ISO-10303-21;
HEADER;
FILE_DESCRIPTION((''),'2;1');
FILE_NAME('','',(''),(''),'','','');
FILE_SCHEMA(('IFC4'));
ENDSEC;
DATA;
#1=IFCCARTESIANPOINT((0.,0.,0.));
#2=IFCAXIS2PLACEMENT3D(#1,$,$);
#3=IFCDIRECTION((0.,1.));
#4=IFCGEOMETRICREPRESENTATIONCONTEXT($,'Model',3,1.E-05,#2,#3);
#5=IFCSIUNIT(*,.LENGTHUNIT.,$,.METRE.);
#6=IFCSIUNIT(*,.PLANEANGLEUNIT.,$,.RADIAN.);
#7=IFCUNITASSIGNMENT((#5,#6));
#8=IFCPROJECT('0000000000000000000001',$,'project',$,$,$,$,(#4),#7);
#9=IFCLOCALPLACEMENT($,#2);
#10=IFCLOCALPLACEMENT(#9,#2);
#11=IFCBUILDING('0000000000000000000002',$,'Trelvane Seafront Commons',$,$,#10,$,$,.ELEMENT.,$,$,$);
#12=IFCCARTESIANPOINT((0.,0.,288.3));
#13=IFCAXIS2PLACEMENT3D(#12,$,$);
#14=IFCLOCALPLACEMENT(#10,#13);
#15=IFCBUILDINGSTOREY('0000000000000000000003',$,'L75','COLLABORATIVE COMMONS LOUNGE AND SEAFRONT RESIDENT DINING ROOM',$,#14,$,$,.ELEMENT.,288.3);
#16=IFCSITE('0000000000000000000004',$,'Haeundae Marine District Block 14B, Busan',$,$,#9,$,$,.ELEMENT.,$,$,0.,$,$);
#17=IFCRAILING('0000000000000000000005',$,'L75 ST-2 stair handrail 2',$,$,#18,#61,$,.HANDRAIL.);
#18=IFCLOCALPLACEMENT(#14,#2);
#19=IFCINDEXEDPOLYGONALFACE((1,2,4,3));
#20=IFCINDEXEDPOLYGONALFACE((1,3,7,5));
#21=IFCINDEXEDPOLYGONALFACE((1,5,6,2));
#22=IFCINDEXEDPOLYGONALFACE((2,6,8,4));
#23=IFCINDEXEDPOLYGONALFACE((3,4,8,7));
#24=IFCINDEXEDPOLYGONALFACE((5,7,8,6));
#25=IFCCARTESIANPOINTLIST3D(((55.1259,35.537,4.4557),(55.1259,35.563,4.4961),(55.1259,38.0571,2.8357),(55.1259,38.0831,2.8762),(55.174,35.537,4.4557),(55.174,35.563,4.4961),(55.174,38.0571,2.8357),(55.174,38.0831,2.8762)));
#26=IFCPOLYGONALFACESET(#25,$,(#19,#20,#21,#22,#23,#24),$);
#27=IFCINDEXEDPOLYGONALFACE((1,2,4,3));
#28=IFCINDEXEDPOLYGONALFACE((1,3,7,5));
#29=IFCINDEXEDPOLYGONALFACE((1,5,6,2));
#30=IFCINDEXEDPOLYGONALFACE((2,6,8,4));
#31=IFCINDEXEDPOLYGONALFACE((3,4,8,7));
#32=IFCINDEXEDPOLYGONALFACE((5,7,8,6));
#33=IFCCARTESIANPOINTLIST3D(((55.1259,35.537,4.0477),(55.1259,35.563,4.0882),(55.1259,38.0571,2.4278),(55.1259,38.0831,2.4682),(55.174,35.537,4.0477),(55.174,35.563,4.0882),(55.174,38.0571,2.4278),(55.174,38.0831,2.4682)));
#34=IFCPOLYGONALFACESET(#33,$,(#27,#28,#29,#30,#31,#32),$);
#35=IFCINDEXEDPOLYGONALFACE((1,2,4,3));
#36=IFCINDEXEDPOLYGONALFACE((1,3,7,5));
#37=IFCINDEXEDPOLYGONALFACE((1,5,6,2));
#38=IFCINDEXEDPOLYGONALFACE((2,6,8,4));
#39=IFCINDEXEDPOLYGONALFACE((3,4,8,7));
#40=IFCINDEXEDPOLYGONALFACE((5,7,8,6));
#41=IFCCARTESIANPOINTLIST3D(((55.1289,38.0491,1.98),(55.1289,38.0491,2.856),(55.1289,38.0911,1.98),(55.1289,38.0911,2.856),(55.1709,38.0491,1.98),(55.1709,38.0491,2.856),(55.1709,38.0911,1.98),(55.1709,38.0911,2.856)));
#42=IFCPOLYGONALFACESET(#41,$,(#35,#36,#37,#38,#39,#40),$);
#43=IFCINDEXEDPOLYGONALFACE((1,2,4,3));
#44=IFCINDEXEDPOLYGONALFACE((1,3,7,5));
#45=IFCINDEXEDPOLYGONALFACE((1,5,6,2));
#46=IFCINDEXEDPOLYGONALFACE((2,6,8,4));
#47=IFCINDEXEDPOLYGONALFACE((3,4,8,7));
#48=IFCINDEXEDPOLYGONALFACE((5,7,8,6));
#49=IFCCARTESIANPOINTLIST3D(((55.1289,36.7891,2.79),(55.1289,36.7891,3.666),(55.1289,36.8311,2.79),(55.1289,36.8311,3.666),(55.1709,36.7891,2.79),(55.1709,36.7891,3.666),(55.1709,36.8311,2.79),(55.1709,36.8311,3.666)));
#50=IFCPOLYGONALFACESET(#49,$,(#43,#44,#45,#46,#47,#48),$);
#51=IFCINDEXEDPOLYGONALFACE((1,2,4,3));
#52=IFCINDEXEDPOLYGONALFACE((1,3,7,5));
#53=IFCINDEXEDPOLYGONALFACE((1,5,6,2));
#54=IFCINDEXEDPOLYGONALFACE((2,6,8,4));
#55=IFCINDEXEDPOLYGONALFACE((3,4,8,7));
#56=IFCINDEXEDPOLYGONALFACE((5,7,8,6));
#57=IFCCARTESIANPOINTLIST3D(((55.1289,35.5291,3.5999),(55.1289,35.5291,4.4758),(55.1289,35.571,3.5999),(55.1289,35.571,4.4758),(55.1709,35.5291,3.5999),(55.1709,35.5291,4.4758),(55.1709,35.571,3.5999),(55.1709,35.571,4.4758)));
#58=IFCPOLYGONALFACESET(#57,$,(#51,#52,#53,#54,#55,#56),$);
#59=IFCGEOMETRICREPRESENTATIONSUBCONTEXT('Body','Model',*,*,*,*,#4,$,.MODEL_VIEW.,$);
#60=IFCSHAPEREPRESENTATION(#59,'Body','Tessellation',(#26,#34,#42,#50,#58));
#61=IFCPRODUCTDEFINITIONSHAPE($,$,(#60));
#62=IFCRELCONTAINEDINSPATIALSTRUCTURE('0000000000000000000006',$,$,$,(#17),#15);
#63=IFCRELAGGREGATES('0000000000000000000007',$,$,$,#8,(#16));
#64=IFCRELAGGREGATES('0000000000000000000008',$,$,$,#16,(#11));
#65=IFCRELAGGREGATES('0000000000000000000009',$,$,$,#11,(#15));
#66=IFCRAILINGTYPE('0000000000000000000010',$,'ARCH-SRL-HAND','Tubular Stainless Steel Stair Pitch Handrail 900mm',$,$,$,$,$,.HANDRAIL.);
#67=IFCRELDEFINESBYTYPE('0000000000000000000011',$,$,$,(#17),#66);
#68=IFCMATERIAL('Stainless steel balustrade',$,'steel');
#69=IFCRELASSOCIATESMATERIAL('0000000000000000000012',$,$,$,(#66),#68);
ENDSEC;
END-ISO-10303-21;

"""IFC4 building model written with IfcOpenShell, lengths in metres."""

from ifc_helpers import new_model, si_unit, direction, frame, origin, origin_2d, place, context, subcontext, project, spatial, rectangle, extrude, material, type_object, element, save


model = new_model("IFC4")

# Units and contexts
model_context = context("Model", 3, precision=1e-05, world=origin(), true_north=direction((0.0, 1.0)))
body_context = subcontext(model_context, "Body", "Model", "MODEL_VIEW")
ifc_project = project(units=[si_unit("LENGTHUNIT", "METRE"), si_unit("PLANEANGLEUNIT", "RADIAN")], contexts=[model_context])

# Site, building, storey
site_placement = place(None, origin())
site = spatial("IfcSite", under=ifc_project, at=site_placement, Name="Haeundae Marine District Block 14B, Busan", CompositionType="ELEMENT", RefElevation=0.0)
building_placement = place(site_placement, origin())
building = spatial("IfcBuilding", under=site, at=building_placement, Name="Trelvane Seafront Commons", CompositionType="ELEMENT")
storey_placement = place(building_placement, frame((0.0, 0.0, 288.3)))
storey = spatial("IfcBuildingStorey", under=building, at=storey_placement, Name="L75", Description="COLLABORATIVE COMMONS LOUNGE AND SEAFRONT RESIDENT DINING ROOM", CompositionType="ELEMENT", Elevation=288.3)

# Railing
ifc_material_1 = material(Name="Stainless steel balustrade", Category="steel")
railing_type = type_object("IfcRailingType", Name="ARCH-SRL-HAND", Description="Tubular Stainless Steel Stair Pitch Handrail 900mm", PredefinedType="HANDRAIL", material=ifc_material_1)
railing_placement = place(storey_placement, frame((55.1499, 38.0701, 1.98)))
element("IfcRailing", 1, at=railing_placement, inside=storey, type_object=railing_type, Name="L75 ST-2 stair handrail 2", PredefinedType="HANDRAIL", context=body_context, shape_type="SweptSolid", body=[
    extrude(rectangle(XDim=0.0481, YDim=0.0481, at=origin_2d()), frame((0.0, 0.0, 0.876), z_axis=(0.0, -0.8412, 0.540725), x_axis=(1.0, 0.0, 0.0)), (0.0, 0.0, 1.0), 2.9958),
    extrude(rectangle(XDim=0.0481, YDim=0.0481, at=origin_2d()), frame((0.0, 0.0, 0.468), z_axis=(0.0, -0.8412, 0.540725), x_axis=(1.0, 0.0, 0.0)), (0.0, 0.0, 1.0), 2.9958),
    extrude(rectangle(XDim=0.042, YDim=0.042, at=origin_2d()), origin(), (0.0, 0.0, 1.0), 0.876),
    extrude(rectangle(XDim=0.042, YDim=0.042, at=origin_2d()), frame((0.0, -1.26, 0.8101)), (0.0, 0.0, 1.0), 0.876),
    extrude(rectangle(XDim=0.042, YDim=0.042, at=origin_2d()), frame((0.0, -2.52, 1.6199)), (0.0, 0.0, 1.0), 0.876),
])

save(model, "model.ifc")
